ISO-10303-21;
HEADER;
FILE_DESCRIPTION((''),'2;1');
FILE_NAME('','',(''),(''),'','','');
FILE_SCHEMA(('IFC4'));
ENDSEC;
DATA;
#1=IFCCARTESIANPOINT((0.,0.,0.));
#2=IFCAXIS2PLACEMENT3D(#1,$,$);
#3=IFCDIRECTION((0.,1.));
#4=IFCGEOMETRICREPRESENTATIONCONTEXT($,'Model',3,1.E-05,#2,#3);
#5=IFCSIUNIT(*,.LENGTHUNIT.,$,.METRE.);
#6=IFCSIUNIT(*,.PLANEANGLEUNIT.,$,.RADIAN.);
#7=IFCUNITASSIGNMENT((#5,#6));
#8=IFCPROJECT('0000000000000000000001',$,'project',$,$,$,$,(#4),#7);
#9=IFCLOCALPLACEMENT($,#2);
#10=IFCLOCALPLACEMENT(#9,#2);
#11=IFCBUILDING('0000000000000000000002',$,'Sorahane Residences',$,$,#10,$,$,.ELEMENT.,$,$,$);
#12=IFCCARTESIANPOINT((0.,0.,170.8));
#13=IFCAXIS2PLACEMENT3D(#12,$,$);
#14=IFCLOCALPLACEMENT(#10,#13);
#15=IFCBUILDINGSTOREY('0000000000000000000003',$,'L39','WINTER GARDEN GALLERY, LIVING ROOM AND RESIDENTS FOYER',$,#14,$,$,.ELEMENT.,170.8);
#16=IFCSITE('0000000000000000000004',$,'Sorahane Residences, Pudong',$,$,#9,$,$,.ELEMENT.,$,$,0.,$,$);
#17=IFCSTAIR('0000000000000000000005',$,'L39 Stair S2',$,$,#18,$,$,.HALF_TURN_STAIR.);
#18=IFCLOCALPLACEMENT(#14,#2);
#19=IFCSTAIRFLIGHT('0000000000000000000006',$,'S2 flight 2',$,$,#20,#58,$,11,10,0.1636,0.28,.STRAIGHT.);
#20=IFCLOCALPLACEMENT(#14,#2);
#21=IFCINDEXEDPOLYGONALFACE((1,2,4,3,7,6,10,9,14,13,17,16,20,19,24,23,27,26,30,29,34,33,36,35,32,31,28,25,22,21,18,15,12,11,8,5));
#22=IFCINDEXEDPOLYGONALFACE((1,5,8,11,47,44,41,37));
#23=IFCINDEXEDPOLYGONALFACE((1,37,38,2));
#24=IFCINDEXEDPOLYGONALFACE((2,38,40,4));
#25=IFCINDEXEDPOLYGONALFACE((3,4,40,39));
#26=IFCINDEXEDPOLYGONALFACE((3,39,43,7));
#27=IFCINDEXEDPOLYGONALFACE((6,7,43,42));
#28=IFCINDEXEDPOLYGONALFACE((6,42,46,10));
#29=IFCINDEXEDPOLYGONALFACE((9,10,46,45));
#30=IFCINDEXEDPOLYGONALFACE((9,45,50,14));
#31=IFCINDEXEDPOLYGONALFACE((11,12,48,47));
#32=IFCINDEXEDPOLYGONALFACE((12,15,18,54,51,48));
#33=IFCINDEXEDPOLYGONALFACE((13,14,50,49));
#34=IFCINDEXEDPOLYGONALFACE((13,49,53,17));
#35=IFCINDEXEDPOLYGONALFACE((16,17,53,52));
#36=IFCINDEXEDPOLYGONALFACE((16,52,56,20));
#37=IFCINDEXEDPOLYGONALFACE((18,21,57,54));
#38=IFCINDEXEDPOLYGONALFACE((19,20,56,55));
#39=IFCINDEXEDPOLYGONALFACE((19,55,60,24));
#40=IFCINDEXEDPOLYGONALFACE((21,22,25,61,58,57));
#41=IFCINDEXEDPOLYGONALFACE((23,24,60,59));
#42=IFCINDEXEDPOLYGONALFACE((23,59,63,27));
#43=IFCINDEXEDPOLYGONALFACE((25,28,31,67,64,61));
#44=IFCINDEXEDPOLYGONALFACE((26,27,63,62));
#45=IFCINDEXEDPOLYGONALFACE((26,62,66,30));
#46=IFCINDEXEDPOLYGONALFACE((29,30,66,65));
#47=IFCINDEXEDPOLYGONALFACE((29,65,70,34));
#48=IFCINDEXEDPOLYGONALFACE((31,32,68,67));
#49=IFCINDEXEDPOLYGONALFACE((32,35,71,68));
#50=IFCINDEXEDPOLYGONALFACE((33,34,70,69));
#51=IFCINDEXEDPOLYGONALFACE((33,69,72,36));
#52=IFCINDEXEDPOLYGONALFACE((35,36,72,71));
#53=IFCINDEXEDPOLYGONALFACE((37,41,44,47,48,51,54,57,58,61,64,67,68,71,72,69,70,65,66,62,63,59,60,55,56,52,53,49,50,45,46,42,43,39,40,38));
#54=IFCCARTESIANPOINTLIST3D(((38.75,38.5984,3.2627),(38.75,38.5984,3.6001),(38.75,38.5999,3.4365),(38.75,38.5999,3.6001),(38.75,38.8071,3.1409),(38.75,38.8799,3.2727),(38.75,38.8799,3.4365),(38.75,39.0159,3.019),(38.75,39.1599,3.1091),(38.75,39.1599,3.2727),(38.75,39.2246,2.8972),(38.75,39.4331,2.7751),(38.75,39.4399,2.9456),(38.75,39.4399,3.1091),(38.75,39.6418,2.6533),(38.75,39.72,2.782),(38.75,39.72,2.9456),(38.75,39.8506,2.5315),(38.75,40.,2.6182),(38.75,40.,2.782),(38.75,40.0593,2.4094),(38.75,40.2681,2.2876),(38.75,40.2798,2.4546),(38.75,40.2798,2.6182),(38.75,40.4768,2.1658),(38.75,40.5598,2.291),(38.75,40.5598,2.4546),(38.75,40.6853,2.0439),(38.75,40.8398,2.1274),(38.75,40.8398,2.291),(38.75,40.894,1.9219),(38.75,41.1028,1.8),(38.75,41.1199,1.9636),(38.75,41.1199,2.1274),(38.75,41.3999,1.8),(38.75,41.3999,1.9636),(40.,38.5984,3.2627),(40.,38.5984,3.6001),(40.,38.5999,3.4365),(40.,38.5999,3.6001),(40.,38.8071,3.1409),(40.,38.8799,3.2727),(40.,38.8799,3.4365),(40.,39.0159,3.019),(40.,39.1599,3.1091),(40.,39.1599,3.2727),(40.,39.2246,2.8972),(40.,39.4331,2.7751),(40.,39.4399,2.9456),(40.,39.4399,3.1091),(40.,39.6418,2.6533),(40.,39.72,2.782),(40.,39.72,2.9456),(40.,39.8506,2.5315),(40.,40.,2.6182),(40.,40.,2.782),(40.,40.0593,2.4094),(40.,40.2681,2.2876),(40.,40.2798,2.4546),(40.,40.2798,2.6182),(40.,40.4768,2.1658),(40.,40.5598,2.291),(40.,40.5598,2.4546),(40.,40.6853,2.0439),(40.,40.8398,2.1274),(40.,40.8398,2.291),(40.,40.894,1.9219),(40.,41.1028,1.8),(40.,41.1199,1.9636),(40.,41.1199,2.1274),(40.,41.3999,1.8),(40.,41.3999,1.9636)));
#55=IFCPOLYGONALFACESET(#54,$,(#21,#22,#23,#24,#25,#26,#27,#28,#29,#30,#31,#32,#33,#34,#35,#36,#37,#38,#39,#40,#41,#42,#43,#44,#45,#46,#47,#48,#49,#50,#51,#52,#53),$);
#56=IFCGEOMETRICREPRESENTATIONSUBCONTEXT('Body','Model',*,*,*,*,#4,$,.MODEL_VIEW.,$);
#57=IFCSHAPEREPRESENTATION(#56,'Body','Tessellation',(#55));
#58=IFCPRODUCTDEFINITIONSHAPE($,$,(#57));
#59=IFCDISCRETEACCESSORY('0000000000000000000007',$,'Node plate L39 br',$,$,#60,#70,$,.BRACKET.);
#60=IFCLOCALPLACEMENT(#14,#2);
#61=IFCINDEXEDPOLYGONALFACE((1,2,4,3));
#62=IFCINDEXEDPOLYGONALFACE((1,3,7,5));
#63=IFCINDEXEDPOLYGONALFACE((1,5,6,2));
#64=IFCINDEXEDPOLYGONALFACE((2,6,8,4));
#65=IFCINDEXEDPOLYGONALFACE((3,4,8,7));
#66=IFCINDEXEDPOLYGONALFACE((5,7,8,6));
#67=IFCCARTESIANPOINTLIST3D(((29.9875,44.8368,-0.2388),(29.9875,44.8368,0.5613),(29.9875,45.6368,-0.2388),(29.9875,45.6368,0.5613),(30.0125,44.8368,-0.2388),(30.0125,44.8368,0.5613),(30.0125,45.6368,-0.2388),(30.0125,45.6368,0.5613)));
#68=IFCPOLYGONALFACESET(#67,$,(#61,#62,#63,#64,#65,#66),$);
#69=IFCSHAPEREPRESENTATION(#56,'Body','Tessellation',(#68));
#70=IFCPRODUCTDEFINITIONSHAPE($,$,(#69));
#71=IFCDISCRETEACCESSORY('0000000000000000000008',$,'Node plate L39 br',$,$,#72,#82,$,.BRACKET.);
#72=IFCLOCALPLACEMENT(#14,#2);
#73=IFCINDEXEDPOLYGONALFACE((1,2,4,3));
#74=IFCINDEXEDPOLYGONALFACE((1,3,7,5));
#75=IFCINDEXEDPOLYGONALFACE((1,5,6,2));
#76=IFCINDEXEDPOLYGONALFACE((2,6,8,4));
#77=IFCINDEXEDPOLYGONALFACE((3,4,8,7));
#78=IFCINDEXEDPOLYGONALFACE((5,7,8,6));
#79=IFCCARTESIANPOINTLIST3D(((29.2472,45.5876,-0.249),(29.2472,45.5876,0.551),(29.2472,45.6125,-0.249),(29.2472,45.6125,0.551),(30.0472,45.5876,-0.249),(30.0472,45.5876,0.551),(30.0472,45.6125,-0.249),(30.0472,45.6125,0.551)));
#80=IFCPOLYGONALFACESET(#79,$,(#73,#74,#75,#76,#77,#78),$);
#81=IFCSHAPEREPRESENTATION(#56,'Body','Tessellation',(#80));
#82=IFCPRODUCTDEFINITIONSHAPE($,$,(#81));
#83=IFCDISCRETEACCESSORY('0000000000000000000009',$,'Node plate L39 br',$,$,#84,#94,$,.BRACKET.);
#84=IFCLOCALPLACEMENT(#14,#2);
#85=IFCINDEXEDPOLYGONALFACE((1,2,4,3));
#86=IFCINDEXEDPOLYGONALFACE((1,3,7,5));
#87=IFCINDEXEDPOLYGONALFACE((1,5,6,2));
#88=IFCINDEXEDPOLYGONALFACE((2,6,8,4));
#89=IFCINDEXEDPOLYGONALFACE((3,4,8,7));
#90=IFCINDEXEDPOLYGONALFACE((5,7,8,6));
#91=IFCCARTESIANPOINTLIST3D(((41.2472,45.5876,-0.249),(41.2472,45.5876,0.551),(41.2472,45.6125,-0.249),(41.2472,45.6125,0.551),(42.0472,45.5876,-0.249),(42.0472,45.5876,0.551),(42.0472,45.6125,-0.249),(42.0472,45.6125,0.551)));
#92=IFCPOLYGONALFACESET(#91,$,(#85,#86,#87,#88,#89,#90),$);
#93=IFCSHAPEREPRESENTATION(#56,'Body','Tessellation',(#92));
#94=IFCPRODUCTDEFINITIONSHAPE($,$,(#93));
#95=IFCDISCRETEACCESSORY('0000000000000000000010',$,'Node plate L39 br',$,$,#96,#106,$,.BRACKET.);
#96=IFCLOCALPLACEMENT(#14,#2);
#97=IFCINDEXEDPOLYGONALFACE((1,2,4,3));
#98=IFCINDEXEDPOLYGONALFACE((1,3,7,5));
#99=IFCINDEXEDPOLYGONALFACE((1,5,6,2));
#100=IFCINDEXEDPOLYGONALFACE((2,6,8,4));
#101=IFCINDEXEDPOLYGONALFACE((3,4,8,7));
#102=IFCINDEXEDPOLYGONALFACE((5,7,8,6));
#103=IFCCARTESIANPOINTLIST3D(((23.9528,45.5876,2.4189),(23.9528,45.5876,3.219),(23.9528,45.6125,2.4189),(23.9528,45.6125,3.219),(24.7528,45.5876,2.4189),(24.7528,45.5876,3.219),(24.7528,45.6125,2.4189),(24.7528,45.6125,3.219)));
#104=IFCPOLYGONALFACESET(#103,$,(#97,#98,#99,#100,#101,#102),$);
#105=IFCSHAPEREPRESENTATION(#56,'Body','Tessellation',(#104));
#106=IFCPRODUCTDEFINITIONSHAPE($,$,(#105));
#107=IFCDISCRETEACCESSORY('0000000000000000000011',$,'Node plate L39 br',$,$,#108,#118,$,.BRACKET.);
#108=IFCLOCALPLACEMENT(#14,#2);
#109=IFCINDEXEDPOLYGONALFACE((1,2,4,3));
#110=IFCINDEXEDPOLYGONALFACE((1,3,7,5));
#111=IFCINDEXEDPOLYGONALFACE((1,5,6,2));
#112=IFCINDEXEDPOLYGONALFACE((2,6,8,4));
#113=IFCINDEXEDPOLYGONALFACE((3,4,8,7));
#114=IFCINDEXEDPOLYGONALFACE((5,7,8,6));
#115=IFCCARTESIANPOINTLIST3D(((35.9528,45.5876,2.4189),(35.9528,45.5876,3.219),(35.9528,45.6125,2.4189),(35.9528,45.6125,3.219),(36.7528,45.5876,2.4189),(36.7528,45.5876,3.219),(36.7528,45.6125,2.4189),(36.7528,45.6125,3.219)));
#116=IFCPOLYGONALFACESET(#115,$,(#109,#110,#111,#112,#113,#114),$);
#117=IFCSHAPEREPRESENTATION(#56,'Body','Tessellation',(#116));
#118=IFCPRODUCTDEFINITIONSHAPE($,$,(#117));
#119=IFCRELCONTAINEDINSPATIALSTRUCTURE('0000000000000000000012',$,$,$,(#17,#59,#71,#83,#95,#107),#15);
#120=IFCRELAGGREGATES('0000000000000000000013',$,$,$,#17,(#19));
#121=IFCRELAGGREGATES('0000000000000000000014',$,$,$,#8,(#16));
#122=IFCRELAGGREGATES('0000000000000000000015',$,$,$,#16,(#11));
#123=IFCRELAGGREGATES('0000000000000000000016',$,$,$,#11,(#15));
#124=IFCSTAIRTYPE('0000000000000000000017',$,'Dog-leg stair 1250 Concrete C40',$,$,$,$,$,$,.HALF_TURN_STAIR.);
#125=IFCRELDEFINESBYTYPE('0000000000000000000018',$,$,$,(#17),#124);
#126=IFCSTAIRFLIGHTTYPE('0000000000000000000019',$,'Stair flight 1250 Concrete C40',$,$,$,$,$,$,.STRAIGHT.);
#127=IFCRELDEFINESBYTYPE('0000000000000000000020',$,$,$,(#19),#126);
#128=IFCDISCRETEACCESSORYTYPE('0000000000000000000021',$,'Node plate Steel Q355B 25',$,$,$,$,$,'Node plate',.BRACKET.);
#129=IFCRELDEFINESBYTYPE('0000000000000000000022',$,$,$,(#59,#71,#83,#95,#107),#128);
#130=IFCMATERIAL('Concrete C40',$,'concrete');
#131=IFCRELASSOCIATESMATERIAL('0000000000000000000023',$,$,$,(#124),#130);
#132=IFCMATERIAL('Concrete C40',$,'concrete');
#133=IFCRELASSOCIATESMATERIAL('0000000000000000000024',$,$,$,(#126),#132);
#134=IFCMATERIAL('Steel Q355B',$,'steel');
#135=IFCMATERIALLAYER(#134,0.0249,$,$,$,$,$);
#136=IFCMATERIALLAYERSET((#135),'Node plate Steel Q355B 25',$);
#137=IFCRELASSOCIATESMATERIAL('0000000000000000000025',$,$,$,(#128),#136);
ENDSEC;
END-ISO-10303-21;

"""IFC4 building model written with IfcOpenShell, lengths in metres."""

from ifc_helpers import new_model, si_unit, direction, frame, origin, origin_2d, place, context, subcontext, project, spatial, polyline, rectangle, outline, extrude, material, layer, layer_set, type_object, element, aggregate, save


model = new_model("IFC4")

# Units and contexts
model_context = context("Model", 3, precision=1e-05, world=origin(), true_north=direction((0.0, 1.0)))
body_context = subcontext(model_context, "Body", "Model", "MODEL_VIEW")
ifc_project = project(units=[si_unit("LENGTHUNIT", "METRE"), si_unit("PLANEANGLEUNIT", "RADIAN")], contexts=[model_context])

# Site, building, storey
site_placement = place(None, origin())
site = spatial("IfcSite", under=ifc_project, at=site_placement, Name="Sorahane Residences, Pudong", CompositionType="ELEMENT", RefElevation=0.0)
building_placement = place(site_placement, origin())
building = spatial("IfcBuilding", under=site, at=building_placement, Name="Sorahane Residences", CompositionType="ELEMENT")
storey_placement = place(building_placement, frame((0.0, 0.0, 170.8)))
storey = spatial("IfcBuildingStorey", under=building, at=storey_placement, Name="L39", Description="WINTER GARDEN GALLERY, LIVING ROOM AND RESIDENTS FOYER", CompositionType="ELEMENT", Elevation=170.8)

# Stair, stair flight
ifc_material_1 = material(Name="Concrete C40", Category="concrete")
stair_type = type_object("IfcStairType", Name="Dog-leg stair 1250 Concrete C40", PredefinedType="HALF_TURN_STAIR", material=ifc_material_1)
stair_placement = place(storey_placement, origin())
stair = element("IfcStair", 1, at=stair_placement, inside=storey, type_object=stair_type, Name="L39 Stair S2", PredefinedType="HALF_TURN_STAIR")
ifc_material_2 = material(Name="Concrete C40", Category="concrete")
stair_flight_type = type_object("IfcStairFlightType", Name="Stair flight 1250 Concrete C40", PredefinedType="STRAIGHT", material=ifc_material_2)
stair_flight_placement = place(storey_placement, frame((39.375, 41.3999, 1.8), z_axis=(0.0, 0.0, 1.0), x_axis=(0.0, -1.0, 0.0)))
stair_flight = element("IfcStairFlight", 2, at=stair_flight_placement, type_object=stair_flight_type, Name="S2 flight 2", NumberOfRisers=11, NumberOfTreads=10, PredefinedType="STRAIGHT", RiserHeight=0.1636, TreadLength=0.28, context=body_context, shape_type="SweptSolid", body=[
    extrude(outline(polyline([(0.0, 0.0), (0.0, 0.1636), (0.28, 0.1636), (0.28, 0.3274), (0.5601, 0.3274), (0.5601, 0.491), (0.8401, 0.491), (0.8401, 0.6545), (1.1201, 0.6545), (1.1201, 0.8181), (1.3999, 0.8181), (1.3999, 0.9819), (1.6799, 0.9819), (1.6799, 1.1455), (1.96, 1.1455), (1.96, 1.3091), (2.24, 1.3091), (2.24, 1.4727), (2.52, 1.4727), (2.52, 1.6365), (2.8, 1.6365), (2.8, 1.8), (2.8015, 1.8), (2.8015, 1.4626), (2.5928, 1.3408), (2.384, 1.219), (2.1753, 1.0972), (1.9668, 0.9751), (1.7581, 0.8533), (1.5493, 0.7314), (1.3406, 0.6094), (1.1318, 0.4875), (0.9231, 0.3657), (0.7146, 0.2439), (0.5059, 0.1218), (0.2971, 0.0), (0.0, 0.0)])), frame((0.0, 0.625, 0.0), z_axis=(0.0, -1.0, 0.0), x_axis=(1.0, 0.0, 0.0)), (0.0, 0.0, 1.0), 1.25),
])
aggregate(stair, [stair_flight])

# Discrete accessories
ifc_material_3 = material(Name="Steel Q355B", Category="steel")
ifc_layer_1 = layer(ifc_material_3, 0.0249)
ifc_layer_set_1 = layer_set([ifc_layer_1], Name="Node plate Steel Q355B 25")
discrete_accessory_type = type_object("IfcDiscreteAccessoryType", Name="Node plate Steel Q355B 25", ElementType="Node plate", PredefinedType="BRACKET", material=ifc_layer_set_1)
for number, where, z_axis, x_axis, name in (
    (3, (30.0, 45.2368, -0.2388), (0.0, 0.0, 1.0), (0.0, 1.0, 0.0), "Node plate L39 br"),
    (4, (29.6472, 45.6001, -0.249), (0.0, 0.0, 1.0), (1.0, 0.0, 0.0), "Node plate L39 br"),
    (5, (41.6472, 45.6001, -0.249), (0.0, 0.0, 1.0), (1.0, 0.0, 0.0), "Node plate L39 br"),
    (6, (24.3528, 45.6001, 2.4189), (0.0, 0.0, 1.0), (1.0, 0.0, 0.0), "Node plate L39 br"),
    (7, (36.3528, 45.6001, 2.4189), (0.0, 0.0, 1.0), (1.0, 0.0, 0.0), "Node plate L39 br"),
):
    element("IfcDiscreteAccessory", number, at=place(storey_placement, frame(where, z_axis=z_axis, x_axis=x_axis)), inside=storey, type_object=discrete_accessory_type, Name=name, PredefinedType="BRACKET", context=body_context, shape_type="SweptSolid", body=[
        extrude(rectangle(XDim=0.8, YDim=0.0249, at=origin_2d()), origin(), (0.0, 0.0, 1.0), 0.8),
    ])

save(model, "model.ifc")
